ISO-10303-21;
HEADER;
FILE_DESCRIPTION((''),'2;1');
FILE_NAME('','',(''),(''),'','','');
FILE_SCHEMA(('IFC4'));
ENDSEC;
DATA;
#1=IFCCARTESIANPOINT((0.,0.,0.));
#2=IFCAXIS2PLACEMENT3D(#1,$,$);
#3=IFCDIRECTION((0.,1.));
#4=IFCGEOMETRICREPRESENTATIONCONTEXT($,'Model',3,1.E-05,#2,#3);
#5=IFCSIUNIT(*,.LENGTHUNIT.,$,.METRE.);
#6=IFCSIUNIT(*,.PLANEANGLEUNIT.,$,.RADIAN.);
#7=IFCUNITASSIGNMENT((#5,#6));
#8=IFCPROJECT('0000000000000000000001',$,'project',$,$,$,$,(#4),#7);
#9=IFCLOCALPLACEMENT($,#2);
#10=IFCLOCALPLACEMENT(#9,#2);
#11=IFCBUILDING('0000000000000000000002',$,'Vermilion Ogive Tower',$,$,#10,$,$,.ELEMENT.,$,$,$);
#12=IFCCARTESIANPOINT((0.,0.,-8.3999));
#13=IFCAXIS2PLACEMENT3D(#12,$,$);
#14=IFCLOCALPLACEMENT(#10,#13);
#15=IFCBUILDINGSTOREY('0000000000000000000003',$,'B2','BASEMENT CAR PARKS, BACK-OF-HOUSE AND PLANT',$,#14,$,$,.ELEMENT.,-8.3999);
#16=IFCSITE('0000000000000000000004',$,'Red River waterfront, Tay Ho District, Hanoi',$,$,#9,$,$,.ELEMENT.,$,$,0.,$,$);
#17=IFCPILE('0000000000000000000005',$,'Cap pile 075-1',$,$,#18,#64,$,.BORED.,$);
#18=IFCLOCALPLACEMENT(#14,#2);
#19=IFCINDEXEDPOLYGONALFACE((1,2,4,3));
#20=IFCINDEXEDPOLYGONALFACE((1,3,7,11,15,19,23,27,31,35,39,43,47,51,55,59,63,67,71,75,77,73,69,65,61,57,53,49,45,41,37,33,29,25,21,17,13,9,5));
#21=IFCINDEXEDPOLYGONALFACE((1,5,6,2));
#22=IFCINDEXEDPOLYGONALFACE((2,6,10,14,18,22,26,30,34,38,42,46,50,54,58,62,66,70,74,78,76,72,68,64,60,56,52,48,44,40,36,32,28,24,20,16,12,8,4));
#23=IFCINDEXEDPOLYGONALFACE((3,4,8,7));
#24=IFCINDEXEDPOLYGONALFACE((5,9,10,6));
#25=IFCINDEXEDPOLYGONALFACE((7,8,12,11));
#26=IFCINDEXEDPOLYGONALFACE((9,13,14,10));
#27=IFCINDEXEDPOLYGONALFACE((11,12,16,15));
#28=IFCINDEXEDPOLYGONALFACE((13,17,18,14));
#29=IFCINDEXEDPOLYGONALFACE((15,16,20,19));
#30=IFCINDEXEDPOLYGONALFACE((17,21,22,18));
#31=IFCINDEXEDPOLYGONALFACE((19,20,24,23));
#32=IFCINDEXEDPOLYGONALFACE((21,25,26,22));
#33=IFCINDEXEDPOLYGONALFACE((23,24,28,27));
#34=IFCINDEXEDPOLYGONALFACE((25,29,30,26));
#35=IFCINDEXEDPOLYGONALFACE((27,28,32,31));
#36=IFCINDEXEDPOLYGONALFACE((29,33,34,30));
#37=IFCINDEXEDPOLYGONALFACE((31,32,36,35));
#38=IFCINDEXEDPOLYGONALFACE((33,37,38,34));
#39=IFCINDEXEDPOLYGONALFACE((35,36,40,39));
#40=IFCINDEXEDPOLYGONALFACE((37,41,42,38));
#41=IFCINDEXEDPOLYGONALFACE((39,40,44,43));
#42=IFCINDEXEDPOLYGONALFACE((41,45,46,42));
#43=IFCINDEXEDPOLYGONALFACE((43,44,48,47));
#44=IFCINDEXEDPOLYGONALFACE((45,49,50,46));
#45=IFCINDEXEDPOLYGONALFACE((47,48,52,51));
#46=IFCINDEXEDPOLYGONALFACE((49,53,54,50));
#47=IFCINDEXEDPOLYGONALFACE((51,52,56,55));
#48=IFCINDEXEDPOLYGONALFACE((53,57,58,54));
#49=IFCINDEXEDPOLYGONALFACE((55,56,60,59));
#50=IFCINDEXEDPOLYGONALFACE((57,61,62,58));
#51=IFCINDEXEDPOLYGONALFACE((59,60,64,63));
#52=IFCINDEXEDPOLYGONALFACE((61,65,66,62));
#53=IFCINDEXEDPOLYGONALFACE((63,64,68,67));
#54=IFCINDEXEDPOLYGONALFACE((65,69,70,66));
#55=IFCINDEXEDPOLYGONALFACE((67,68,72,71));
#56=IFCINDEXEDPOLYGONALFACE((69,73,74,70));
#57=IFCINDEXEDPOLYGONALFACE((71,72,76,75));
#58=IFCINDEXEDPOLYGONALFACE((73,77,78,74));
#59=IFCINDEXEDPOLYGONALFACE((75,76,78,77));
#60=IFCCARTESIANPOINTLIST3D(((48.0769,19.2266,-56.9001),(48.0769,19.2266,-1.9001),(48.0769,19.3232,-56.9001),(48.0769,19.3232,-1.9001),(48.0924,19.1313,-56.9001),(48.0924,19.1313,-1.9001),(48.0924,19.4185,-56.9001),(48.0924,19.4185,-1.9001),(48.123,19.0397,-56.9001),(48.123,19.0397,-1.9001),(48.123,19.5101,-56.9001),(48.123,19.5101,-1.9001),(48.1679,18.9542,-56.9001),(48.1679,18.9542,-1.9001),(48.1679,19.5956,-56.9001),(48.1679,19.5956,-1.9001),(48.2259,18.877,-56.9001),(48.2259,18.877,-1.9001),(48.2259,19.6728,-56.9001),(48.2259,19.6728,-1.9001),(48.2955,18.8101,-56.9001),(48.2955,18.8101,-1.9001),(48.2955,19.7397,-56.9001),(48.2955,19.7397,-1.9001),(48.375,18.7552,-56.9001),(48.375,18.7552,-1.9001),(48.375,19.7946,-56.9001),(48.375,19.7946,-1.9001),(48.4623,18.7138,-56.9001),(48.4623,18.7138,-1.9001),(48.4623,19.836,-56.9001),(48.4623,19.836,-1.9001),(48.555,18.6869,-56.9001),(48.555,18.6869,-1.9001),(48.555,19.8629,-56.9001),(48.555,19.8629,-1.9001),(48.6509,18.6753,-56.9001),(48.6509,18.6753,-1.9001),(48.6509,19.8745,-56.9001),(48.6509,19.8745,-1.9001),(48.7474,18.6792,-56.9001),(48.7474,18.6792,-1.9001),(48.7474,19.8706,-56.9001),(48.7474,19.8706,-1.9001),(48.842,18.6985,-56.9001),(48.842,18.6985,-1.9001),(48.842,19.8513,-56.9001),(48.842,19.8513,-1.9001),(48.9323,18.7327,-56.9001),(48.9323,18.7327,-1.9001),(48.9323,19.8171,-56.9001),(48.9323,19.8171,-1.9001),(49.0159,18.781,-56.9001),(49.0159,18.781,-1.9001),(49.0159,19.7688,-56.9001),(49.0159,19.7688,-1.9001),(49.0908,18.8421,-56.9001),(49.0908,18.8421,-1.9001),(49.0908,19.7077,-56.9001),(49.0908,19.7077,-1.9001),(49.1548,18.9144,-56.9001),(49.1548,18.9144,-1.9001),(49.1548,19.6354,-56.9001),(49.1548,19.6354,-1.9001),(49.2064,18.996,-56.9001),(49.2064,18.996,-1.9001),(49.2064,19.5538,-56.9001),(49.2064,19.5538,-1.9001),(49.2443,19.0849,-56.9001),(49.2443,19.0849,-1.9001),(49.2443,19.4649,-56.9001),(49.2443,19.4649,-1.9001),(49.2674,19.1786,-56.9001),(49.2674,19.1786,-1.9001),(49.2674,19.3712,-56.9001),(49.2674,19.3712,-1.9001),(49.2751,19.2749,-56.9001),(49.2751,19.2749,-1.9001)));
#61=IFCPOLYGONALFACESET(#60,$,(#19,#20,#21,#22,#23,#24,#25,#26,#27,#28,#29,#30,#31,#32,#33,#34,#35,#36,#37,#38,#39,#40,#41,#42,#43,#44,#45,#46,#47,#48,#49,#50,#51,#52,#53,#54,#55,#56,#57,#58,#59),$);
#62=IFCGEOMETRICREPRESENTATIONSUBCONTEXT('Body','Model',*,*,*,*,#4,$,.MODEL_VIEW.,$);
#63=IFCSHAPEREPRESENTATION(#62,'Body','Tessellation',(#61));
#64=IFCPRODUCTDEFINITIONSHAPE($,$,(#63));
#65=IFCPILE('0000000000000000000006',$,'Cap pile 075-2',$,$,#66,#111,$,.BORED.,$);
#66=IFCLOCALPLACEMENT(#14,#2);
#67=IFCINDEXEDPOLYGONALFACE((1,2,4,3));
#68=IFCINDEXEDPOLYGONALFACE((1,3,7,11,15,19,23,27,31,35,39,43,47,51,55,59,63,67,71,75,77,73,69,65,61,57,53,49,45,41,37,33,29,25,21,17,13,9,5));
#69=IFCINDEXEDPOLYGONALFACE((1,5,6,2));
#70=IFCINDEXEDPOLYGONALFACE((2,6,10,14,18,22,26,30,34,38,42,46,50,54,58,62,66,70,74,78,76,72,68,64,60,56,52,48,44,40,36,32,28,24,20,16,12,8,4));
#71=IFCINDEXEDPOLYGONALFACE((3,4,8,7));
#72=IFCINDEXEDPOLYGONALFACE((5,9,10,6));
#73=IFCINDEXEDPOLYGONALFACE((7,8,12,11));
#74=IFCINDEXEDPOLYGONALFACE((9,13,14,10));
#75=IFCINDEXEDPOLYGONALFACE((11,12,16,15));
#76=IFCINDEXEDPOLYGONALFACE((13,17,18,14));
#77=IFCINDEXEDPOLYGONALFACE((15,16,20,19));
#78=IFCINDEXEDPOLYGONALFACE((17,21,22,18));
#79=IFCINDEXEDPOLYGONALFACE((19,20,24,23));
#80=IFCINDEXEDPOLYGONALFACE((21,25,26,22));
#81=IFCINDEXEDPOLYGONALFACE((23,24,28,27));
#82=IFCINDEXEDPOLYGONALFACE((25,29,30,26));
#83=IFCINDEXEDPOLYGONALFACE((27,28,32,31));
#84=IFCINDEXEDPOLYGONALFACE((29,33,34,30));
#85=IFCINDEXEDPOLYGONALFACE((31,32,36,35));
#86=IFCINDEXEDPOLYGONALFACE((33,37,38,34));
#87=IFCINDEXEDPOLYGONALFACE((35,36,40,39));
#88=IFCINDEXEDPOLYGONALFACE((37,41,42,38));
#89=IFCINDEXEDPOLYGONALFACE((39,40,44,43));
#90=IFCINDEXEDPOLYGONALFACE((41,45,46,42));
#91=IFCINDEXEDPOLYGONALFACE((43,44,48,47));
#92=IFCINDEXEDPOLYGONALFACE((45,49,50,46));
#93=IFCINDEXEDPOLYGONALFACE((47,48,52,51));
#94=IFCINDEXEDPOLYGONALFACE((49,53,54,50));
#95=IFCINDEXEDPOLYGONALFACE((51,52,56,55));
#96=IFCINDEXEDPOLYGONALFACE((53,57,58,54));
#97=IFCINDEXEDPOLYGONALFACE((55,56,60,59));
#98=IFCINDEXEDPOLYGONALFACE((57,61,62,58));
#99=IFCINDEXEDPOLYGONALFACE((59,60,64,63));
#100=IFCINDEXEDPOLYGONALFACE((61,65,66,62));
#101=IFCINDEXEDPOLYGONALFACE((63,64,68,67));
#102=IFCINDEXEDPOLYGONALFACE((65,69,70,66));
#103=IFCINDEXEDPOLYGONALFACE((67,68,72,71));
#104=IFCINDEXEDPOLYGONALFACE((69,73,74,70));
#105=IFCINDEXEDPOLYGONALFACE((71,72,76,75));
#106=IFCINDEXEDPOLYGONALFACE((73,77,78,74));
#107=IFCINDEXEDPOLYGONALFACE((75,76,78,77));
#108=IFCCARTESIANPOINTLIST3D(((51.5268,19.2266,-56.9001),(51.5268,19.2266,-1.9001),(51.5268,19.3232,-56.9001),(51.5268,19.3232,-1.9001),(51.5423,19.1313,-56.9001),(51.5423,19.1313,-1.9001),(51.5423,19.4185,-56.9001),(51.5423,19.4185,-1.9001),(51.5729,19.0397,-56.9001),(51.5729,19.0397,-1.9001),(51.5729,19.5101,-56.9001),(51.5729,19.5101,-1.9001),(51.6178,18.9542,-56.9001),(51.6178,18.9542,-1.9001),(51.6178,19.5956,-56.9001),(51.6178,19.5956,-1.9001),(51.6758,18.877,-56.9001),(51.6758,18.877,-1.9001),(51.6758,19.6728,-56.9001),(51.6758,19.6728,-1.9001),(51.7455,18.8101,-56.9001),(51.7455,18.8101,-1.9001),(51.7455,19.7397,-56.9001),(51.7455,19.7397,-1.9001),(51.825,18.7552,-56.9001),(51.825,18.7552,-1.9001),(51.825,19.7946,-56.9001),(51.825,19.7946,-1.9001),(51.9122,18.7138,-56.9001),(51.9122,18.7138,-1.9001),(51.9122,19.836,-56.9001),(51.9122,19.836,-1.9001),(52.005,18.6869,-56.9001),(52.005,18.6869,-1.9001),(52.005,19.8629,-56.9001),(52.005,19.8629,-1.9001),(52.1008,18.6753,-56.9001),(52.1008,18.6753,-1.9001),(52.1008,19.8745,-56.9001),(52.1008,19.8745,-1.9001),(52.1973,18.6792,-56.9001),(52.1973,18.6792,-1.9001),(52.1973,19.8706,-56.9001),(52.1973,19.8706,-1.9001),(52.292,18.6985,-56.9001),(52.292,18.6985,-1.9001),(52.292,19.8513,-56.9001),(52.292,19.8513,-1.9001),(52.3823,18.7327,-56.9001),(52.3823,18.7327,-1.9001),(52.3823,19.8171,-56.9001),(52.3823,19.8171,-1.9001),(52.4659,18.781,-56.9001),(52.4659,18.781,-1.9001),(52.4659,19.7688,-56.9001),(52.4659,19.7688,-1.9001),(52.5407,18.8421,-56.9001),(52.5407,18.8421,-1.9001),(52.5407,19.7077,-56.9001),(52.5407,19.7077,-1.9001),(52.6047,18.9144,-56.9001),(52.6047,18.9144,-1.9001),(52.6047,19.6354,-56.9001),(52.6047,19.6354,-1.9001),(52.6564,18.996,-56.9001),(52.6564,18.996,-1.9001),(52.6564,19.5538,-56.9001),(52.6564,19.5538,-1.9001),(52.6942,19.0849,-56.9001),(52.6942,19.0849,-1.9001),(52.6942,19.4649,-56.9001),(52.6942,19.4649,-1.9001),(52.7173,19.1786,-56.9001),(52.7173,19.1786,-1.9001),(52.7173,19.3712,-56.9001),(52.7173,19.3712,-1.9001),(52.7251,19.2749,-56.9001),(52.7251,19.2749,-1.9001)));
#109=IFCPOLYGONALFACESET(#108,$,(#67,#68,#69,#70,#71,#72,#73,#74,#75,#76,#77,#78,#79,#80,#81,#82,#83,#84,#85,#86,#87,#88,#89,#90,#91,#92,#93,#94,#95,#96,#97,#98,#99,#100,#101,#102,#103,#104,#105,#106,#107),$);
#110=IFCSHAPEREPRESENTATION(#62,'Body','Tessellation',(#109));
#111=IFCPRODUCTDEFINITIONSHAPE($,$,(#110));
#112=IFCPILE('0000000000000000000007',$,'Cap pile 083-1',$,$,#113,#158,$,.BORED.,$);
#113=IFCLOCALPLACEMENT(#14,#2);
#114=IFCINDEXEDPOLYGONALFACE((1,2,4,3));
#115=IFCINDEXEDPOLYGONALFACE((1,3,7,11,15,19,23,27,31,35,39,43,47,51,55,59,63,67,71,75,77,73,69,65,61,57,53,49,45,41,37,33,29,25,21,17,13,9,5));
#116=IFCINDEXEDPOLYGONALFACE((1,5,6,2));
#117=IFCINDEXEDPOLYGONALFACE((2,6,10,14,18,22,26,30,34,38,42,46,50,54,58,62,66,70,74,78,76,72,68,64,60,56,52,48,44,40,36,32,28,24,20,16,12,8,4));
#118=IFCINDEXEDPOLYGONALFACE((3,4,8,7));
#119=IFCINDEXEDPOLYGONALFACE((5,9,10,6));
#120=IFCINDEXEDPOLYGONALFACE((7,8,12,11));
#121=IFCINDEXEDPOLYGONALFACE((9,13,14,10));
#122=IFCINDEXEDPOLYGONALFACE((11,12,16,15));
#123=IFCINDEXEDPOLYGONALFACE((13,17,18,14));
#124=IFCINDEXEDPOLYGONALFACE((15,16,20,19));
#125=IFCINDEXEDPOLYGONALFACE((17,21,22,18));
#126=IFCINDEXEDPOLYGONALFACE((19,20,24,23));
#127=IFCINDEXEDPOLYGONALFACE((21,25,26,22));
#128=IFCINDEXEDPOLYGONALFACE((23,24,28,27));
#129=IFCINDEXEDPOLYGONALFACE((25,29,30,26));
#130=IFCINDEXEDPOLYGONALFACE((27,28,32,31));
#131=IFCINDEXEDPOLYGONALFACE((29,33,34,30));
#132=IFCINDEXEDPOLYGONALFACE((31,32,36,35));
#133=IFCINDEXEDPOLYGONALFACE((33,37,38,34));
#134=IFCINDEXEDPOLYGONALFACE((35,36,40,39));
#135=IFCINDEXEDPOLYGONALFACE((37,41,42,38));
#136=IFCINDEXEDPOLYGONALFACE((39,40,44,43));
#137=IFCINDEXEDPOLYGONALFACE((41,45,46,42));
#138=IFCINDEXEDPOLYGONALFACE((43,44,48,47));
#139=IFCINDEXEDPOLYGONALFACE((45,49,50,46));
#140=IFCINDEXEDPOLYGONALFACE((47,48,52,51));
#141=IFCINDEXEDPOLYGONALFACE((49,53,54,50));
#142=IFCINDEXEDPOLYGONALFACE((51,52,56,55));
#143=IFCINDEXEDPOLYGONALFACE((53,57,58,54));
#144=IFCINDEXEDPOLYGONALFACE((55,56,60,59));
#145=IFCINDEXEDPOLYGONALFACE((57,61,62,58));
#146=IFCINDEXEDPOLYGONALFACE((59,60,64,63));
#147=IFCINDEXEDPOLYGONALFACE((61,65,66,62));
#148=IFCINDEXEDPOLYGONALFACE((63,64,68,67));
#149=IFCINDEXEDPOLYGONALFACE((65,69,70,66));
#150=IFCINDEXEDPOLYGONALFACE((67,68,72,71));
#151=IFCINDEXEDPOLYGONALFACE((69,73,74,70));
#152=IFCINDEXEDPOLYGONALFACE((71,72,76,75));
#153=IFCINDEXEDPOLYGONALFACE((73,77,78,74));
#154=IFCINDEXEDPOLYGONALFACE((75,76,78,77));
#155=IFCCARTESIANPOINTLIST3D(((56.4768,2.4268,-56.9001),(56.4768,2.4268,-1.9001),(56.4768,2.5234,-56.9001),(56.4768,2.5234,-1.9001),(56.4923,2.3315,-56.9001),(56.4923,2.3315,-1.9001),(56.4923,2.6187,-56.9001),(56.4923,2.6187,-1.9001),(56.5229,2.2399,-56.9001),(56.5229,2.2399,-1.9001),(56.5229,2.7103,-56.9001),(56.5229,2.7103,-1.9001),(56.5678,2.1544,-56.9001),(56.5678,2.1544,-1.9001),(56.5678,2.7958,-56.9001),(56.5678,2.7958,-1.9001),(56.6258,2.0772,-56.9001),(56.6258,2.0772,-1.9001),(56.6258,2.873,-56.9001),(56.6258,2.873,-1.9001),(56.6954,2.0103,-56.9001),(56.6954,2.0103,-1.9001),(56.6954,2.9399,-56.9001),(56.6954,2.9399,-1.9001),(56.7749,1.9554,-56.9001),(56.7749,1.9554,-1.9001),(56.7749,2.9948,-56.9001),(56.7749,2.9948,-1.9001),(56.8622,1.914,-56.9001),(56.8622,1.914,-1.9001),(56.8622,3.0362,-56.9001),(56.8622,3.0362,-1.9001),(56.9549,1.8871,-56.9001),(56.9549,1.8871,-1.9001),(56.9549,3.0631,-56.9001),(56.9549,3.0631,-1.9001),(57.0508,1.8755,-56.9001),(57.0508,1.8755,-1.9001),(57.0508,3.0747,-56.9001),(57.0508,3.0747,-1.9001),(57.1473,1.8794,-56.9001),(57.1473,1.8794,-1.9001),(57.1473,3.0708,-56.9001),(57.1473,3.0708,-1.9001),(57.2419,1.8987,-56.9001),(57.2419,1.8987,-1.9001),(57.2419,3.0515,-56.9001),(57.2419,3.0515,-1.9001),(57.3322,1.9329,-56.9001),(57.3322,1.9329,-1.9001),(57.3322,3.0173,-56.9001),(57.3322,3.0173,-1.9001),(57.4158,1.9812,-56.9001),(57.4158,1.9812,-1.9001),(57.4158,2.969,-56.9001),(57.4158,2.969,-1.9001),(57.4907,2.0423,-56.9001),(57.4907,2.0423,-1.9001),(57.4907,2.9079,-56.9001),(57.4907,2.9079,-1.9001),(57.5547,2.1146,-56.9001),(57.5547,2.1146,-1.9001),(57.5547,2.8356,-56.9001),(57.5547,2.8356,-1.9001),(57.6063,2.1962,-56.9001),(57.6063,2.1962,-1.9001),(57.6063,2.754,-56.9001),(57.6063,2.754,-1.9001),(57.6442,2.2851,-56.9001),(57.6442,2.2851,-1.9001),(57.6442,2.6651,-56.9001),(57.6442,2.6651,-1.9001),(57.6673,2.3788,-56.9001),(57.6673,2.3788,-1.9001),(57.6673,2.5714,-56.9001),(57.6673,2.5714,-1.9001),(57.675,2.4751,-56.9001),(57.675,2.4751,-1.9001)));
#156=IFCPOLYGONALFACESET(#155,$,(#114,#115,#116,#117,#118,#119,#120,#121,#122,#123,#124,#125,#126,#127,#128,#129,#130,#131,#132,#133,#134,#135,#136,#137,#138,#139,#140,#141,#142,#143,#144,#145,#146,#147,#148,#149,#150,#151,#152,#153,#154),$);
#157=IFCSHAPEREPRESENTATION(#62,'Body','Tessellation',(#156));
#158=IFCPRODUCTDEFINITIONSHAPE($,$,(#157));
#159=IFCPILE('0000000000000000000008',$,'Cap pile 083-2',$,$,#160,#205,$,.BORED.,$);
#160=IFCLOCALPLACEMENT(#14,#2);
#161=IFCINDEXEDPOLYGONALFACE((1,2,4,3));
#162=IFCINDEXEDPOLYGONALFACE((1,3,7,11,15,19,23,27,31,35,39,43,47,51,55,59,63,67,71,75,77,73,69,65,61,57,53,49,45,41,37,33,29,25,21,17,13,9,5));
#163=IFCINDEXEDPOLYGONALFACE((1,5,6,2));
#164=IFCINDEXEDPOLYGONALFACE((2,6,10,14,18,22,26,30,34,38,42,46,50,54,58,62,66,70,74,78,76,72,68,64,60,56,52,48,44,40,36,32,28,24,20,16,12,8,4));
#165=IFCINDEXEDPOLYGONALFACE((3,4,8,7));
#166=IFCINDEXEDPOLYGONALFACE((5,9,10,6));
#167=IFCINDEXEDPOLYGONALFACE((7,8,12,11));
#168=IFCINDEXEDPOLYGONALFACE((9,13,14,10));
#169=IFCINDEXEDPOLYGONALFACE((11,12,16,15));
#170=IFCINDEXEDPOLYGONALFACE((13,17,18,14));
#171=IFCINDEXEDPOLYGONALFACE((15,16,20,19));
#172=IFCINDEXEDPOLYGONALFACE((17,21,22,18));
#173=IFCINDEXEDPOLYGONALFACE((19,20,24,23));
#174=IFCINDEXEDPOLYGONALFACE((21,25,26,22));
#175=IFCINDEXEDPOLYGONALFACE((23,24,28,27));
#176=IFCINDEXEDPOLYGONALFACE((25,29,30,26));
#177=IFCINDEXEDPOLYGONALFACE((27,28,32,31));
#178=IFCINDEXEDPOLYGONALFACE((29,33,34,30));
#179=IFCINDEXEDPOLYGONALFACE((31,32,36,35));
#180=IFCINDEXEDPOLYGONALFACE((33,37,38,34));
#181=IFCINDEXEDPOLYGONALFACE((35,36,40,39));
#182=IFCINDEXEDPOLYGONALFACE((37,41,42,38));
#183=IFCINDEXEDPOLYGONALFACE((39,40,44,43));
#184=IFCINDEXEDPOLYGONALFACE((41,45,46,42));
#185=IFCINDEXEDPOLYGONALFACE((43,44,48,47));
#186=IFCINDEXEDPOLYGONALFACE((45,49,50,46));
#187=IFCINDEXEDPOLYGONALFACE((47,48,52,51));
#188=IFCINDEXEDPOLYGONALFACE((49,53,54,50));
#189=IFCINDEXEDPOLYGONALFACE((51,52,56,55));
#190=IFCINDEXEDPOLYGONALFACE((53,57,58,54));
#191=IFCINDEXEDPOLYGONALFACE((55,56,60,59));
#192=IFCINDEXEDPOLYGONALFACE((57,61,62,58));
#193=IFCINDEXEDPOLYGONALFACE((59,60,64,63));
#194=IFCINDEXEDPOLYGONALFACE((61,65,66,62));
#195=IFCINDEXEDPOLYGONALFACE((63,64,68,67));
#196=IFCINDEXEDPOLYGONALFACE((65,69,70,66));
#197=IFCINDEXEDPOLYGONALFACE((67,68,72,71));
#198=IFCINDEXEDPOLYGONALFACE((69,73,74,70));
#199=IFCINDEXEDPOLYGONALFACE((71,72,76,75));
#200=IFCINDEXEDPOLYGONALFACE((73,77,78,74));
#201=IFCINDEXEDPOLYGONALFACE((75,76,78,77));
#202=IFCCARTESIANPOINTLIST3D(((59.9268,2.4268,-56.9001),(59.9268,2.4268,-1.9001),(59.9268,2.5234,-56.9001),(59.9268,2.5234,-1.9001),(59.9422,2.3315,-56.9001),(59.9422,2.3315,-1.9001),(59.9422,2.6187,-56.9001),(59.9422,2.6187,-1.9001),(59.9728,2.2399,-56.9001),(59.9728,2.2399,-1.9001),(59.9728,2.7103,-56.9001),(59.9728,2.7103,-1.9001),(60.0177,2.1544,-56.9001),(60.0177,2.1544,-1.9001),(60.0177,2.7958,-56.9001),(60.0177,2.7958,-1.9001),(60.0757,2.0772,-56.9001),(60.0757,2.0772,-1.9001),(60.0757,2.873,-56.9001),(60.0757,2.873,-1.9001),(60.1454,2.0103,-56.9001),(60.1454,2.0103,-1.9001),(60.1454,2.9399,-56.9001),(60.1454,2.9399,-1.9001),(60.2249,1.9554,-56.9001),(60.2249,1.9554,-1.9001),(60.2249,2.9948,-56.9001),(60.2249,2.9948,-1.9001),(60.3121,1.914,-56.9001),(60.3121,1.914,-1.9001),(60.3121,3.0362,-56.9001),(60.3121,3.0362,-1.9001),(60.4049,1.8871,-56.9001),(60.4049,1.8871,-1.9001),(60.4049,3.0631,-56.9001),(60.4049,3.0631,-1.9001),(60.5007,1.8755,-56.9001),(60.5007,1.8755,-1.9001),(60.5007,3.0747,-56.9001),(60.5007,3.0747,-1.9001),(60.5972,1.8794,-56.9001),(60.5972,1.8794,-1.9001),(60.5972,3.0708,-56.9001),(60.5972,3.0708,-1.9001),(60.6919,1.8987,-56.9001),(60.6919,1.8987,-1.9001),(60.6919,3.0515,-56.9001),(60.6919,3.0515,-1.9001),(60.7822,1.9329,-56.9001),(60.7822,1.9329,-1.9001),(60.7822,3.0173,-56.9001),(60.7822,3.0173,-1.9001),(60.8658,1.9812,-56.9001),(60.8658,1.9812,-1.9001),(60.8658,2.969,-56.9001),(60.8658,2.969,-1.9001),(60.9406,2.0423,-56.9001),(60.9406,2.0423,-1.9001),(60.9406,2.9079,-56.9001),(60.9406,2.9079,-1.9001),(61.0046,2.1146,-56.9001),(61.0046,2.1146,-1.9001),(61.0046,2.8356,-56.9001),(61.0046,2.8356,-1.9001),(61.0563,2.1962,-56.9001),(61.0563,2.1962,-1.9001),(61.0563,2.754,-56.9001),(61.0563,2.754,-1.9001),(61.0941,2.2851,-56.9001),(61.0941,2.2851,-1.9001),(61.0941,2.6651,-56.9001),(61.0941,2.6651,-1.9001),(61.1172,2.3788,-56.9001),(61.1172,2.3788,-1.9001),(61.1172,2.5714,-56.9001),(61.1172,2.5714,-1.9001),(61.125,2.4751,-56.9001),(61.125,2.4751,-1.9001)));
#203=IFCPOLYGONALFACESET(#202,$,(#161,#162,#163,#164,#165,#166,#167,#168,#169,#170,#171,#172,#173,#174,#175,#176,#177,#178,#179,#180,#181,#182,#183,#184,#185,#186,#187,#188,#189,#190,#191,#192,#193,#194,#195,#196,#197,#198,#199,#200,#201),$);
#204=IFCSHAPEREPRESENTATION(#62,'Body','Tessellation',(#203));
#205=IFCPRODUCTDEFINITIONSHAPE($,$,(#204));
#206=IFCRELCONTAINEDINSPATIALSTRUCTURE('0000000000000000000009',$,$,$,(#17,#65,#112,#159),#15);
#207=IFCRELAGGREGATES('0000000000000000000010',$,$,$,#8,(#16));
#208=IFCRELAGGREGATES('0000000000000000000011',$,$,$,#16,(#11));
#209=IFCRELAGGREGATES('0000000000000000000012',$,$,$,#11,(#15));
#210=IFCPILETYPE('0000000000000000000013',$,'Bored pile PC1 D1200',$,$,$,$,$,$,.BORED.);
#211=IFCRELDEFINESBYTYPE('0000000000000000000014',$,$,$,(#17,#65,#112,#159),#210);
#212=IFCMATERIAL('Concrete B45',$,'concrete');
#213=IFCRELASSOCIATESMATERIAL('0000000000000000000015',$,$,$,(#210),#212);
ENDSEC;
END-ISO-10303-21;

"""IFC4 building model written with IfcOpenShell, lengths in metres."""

from ifc_helpers import new_model, si_unit, direction, frame, origin, origin_2d, place, context, subcontext, project, spatial, circle, extrude, material, type_object, element, save


model = new_model("IFC4")

# Units and contexts
model_context = context("Model", 3, precision=1e-05, world=origin(), true_north=direction((0.0, 1.0)))
body_context = subcontext(model_context, "Body", "Model", "MODEL_VIEW")
ifc_project = project(units=[si_unit("LENGTHUNIT", "METRE"), si_unit("PLANEANGLEUNIT", "RADIAN")], contexts=[model_context])

# Site, building, storey
site_placement = place(None, origin())
site = spatial("IfcSite", under=ifc_project, at=site_placement, Name="Red River waterfront, Tay Ho District, Hanoi", CompositionType="ELEMENT", RefElevation=0.0)
building_placement = place(site_placement, origin())
building = spatial("IfcBuilding", under=site, at=building_placement, Name="Vermilion Ogive Tower", CompositionType="ELEMENT")
storey_placement = place(building_placement, frame((0.0, 0.0, -8.3999)))
storey = spatial("IfcBuildingStorey", under=building, at=storey_placement, Name="B2", Description="BASEMENT CAR PARKS, BACK-OF-HOUSE AND PLANT", CompositionType="ELEMENT", Elevation=-8.3999)

# Piles
ifc_material_1 = material(Name="Concrete B45", Category="concrete")
pile_type = type_object("IfcPileType", Name="Bored pile PC1 D1200", PredefinedType="BORED", material=ifc_material_1)
for number, where, z_axis, x_axis, name in (
    (1, (48.675, 19.2749, -1.9001), (0.0, 0.0, -1.0), (1.0, 0.0, 0.0), "Cap pile 075-1"),
    (2, (52.125, 19.2749, -1.9001), (0.0, 0.0, -1.0), (1.0, 0.0, 0.0), "Cap pile 075-2"),
    (3, (57.075, 2.4751, -1.9001), (0.0, 0.0, -1.0), (1.0, 0.0, 0.0), "Cap pile 083-1"),
    (4, (60.5249, 2.4751, -1.9001), (0.0, 0.0, -1.0), (1.0, 0.0, 0.0), "Cap pile 083-2"),
):
    element("IfcPile", number, at=place(storey_placement, frame(where, z_axis=z_axis, x_axis=x_axis)), inside=storey, type_object=pile_type, Name=name, PredefinedType="BORED", context=body_context, shape_type="SweptSolid", body=[
        extrude(circle(Radius=0.6001, at=origin_2d()), origin(), (0.0, 0.0, 1.0), 55.0),
    ])

save(model, "model.ifc")
